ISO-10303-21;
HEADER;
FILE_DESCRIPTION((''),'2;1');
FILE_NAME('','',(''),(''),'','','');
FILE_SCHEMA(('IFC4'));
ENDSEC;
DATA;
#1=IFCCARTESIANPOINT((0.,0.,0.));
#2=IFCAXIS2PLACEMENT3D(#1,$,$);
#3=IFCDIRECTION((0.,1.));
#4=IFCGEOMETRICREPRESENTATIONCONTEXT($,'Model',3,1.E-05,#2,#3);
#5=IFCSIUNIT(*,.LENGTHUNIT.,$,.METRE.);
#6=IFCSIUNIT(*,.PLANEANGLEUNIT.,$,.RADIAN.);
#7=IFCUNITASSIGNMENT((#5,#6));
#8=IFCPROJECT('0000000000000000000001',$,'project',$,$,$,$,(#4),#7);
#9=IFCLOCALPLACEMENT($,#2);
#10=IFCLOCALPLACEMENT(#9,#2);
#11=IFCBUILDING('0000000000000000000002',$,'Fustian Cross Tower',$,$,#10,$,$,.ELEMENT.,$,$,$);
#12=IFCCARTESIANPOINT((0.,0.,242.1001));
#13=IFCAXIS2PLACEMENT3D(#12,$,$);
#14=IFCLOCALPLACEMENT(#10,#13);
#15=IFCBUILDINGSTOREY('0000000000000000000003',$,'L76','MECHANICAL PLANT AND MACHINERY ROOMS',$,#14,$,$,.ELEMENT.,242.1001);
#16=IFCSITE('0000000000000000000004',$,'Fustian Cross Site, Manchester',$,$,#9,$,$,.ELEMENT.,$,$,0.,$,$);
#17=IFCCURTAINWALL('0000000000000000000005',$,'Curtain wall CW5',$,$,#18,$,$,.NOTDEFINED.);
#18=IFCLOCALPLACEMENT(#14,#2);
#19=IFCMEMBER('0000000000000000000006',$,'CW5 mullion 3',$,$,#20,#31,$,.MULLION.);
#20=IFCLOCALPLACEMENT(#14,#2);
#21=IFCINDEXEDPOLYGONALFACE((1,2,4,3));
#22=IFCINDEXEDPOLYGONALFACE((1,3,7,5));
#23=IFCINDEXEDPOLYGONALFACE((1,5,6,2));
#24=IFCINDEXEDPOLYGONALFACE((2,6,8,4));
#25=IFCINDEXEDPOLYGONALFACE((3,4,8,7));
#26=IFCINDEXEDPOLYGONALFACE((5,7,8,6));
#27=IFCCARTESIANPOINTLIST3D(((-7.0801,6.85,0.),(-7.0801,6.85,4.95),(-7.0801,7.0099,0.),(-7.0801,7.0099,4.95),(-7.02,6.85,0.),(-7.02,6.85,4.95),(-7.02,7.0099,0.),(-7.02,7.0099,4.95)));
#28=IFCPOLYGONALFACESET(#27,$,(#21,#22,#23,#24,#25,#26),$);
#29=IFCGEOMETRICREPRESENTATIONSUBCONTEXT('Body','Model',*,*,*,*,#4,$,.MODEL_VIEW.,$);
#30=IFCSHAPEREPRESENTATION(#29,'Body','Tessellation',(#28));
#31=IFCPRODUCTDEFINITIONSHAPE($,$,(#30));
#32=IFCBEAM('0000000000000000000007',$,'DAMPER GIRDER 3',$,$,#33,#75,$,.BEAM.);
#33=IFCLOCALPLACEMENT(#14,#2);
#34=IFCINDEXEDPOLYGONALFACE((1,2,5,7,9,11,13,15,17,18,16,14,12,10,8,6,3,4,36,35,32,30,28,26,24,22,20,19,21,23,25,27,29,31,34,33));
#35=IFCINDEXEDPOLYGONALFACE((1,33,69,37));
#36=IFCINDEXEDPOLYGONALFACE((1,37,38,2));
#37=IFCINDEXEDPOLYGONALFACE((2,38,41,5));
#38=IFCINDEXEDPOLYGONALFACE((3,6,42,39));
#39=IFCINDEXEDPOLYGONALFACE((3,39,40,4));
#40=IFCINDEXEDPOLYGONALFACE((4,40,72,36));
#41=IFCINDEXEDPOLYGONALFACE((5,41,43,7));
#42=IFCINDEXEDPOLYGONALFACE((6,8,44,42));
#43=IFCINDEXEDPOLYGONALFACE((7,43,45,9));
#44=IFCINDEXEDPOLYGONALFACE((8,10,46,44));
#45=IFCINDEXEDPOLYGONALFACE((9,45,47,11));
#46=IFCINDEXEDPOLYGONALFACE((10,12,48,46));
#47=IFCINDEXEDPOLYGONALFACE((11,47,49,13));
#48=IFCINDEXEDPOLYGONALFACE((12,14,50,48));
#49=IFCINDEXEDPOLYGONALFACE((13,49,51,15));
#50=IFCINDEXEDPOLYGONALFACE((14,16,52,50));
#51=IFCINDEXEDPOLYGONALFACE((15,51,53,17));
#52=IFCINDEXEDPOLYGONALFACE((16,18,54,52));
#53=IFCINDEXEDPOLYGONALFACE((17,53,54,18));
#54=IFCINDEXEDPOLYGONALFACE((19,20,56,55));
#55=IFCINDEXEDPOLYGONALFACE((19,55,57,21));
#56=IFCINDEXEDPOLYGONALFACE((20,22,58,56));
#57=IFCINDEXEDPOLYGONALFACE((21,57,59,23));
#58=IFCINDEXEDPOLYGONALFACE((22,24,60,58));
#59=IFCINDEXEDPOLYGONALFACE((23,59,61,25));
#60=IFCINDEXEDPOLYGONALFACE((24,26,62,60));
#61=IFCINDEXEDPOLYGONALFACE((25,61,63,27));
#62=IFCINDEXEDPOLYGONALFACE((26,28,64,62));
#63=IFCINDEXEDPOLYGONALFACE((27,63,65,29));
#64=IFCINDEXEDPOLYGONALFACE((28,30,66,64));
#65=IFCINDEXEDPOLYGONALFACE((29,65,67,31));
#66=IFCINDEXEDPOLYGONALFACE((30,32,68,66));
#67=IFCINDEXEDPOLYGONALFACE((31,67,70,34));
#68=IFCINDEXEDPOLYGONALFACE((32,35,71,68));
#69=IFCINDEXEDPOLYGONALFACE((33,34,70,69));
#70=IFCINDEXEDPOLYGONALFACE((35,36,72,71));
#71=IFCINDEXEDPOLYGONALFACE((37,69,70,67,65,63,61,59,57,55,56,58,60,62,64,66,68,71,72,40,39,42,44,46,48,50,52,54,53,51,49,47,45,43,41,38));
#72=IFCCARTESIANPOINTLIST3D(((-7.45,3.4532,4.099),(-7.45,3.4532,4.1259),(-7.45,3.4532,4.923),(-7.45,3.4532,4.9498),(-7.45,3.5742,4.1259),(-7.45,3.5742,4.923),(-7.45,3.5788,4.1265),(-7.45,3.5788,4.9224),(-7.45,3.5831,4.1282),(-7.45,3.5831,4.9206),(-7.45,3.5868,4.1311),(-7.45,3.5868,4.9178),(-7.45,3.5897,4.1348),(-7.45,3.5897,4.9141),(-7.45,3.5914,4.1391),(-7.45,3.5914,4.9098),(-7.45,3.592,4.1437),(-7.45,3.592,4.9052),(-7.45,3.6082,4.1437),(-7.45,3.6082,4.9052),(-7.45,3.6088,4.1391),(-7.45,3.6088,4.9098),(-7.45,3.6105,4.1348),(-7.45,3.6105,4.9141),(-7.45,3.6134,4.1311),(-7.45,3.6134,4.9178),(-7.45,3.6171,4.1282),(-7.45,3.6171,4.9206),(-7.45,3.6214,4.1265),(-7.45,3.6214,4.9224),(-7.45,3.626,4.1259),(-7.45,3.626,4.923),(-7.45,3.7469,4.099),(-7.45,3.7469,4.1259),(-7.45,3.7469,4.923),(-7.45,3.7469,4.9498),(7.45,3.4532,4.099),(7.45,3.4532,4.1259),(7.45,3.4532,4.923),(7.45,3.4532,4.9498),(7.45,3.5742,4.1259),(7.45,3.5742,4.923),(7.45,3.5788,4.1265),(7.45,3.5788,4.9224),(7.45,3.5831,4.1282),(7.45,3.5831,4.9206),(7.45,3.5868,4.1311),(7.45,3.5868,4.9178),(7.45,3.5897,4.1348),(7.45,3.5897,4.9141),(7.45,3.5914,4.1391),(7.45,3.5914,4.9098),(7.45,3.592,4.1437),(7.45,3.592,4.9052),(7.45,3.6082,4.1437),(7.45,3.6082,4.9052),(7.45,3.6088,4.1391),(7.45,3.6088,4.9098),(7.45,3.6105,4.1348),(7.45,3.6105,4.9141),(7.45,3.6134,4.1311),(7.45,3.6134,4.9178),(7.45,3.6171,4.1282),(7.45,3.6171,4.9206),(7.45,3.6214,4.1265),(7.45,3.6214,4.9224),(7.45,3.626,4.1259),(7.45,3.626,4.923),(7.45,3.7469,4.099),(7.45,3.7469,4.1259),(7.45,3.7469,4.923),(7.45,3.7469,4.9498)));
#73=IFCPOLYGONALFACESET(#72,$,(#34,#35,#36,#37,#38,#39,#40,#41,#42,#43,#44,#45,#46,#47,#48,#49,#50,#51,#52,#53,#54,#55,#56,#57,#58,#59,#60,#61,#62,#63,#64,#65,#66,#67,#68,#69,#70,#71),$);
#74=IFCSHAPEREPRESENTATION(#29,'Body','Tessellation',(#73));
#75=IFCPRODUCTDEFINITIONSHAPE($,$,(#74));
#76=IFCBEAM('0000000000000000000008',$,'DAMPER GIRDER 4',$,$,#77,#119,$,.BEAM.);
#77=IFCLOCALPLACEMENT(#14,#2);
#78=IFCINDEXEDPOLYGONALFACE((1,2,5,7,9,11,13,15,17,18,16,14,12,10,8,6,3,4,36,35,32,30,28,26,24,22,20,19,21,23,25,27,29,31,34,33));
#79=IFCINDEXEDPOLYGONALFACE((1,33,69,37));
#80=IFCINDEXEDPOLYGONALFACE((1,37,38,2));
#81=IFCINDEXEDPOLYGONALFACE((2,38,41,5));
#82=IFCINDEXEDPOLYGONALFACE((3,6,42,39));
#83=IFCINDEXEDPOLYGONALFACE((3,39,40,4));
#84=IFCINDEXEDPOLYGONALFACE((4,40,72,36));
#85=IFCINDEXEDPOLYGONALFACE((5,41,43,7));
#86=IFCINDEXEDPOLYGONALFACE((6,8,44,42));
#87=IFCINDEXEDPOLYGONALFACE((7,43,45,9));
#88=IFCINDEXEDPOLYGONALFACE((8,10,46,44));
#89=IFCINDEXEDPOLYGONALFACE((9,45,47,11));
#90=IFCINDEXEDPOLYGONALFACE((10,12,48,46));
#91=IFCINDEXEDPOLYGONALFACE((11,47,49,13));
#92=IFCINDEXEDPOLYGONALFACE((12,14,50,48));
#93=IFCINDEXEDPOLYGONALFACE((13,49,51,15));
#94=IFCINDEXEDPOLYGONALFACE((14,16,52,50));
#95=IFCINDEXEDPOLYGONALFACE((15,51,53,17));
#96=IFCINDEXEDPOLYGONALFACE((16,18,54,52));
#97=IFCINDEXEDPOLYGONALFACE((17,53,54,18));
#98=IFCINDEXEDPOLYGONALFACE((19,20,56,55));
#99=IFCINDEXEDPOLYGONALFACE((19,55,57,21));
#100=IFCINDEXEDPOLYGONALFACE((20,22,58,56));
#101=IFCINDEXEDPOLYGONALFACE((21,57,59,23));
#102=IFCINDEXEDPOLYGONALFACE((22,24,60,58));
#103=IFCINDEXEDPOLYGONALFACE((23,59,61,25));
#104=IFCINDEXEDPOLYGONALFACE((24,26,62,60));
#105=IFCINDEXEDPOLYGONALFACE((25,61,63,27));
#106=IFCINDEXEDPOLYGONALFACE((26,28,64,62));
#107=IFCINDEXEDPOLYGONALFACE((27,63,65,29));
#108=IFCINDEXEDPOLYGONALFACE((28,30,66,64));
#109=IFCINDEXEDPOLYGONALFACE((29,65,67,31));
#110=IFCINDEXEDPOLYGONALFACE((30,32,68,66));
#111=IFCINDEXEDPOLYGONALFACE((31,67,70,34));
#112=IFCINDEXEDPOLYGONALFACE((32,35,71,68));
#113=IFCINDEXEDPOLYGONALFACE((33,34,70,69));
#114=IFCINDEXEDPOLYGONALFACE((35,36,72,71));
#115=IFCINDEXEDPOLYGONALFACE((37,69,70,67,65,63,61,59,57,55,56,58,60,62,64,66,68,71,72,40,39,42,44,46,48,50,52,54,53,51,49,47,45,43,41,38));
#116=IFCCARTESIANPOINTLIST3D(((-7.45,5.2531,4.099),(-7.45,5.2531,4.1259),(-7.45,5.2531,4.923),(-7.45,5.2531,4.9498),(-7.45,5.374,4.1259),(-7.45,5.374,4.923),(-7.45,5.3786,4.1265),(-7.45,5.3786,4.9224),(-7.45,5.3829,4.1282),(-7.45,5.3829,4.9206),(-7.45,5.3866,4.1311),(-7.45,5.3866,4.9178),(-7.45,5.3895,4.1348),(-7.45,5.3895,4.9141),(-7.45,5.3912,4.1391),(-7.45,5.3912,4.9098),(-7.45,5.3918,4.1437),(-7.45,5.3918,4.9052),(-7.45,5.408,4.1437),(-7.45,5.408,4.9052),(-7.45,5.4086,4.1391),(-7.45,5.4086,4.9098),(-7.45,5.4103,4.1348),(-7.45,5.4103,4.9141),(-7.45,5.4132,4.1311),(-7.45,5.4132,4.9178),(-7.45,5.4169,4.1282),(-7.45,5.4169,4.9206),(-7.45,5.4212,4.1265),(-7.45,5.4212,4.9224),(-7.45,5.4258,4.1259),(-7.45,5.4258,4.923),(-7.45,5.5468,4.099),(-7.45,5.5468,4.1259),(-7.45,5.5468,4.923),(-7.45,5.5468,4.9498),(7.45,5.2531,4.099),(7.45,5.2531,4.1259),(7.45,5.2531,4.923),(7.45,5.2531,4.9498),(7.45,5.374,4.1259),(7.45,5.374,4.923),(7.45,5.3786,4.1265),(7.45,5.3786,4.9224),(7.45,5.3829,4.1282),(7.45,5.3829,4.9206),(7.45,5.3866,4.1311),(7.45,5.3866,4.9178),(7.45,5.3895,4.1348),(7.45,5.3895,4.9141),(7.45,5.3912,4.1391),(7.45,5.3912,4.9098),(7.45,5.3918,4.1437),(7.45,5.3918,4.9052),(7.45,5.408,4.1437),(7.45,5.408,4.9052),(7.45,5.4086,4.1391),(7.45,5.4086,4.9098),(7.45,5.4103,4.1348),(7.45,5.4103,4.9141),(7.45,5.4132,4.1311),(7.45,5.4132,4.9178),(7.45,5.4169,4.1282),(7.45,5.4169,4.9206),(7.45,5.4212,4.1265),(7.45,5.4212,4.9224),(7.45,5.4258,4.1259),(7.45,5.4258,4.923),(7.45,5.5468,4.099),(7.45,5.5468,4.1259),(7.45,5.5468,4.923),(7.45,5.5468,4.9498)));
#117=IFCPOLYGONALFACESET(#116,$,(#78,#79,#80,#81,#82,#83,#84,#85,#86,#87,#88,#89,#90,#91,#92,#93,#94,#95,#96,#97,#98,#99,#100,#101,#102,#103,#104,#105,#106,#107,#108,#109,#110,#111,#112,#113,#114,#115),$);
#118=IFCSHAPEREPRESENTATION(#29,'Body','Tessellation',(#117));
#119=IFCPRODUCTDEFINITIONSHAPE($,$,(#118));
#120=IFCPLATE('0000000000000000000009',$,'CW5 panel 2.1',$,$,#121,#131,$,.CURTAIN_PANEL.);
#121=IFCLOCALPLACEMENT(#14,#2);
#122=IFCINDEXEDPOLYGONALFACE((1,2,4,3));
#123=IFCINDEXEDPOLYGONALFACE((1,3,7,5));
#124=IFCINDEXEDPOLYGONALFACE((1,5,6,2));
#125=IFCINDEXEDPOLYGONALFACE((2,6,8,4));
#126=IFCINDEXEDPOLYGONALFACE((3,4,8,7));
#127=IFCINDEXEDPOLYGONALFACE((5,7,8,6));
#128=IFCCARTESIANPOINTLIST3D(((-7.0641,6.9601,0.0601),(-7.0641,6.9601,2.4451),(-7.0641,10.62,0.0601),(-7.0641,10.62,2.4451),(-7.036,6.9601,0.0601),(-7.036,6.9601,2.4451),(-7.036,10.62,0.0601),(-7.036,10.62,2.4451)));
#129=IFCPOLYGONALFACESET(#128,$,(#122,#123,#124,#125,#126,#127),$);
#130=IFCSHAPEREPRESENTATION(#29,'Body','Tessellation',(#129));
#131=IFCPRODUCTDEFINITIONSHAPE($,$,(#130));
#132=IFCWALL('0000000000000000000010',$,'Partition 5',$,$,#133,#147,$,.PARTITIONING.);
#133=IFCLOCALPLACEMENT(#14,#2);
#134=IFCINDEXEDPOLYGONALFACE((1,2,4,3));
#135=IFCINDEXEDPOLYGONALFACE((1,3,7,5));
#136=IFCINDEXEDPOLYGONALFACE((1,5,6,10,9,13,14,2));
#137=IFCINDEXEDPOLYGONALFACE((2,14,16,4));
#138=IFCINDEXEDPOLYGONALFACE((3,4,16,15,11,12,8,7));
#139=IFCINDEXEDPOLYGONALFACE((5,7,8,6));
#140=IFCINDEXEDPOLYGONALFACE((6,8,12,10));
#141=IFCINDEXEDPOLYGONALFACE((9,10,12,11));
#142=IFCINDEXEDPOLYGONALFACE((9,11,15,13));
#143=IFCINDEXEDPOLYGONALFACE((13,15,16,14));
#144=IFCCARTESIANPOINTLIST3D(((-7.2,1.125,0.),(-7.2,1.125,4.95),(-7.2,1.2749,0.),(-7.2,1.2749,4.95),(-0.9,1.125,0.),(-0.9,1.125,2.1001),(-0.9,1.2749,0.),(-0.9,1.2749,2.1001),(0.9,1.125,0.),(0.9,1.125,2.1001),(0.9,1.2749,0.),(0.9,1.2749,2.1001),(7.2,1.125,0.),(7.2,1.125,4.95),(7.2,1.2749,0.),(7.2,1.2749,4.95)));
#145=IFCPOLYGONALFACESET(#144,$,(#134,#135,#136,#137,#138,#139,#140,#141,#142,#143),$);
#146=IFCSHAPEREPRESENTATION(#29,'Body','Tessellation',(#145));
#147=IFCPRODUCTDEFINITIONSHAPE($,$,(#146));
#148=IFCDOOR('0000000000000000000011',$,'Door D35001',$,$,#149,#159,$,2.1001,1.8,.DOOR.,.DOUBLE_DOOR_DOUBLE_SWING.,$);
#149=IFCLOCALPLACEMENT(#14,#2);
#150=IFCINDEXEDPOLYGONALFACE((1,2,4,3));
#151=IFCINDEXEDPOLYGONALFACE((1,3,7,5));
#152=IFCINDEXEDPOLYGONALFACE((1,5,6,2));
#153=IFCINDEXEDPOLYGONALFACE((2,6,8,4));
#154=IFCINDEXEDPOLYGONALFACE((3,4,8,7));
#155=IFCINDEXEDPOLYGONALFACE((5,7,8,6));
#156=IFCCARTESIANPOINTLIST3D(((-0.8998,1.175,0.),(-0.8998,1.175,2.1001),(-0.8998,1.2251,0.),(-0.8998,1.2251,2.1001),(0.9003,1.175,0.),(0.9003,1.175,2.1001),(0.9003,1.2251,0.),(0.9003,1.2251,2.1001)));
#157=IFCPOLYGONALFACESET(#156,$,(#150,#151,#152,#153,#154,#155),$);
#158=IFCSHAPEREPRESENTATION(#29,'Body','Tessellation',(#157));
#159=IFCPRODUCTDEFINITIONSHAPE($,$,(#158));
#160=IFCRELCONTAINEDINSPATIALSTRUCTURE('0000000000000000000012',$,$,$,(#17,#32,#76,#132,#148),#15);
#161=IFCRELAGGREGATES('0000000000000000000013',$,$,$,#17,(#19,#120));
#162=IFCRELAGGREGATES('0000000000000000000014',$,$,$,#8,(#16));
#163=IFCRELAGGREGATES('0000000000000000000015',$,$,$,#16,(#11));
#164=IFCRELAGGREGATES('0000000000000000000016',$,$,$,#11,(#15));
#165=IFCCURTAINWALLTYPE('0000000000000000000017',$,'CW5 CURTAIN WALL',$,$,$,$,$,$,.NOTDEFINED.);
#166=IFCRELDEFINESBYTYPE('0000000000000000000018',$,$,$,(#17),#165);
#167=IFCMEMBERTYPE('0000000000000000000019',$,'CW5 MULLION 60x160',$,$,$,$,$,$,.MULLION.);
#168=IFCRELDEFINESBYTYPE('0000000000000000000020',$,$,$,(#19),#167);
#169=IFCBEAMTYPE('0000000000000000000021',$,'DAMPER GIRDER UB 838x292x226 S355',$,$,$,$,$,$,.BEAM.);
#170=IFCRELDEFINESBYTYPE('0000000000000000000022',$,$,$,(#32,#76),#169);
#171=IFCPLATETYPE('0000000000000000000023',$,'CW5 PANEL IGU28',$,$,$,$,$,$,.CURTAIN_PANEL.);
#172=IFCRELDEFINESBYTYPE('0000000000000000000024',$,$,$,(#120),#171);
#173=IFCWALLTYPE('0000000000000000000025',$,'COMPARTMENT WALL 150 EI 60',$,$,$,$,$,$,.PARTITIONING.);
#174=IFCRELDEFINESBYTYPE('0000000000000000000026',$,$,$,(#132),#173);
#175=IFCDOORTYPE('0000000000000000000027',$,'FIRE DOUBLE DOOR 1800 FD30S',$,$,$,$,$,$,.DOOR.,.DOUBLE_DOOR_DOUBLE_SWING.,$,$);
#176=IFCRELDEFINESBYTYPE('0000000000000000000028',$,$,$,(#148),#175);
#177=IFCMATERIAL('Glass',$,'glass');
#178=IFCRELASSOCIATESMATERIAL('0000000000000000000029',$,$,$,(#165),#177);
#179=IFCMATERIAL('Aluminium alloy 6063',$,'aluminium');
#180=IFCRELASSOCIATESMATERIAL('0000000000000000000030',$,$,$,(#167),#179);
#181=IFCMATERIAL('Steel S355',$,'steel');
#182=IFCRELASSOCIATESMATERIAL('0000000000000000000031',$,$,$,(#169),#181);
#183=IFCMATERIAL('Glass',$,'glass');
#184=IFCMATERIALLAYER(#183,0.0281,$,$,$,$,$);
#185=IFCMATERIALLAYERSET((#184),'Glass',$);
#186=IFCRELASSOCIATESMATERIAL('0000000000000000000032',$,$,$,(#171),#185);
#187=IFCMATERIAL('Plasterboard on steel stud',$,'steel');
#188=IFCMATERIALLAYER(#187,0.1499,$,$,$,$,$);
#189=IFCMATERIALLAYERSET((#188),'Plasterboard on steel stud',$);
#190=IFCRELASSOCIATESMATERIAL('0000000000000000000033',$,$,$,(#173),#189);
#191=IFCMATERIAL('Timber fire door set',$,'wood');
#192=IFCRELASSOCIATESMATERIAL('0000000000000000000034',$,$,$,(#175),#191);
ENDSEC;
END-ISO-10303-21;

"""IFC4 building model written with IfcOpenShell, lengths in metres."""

from ifc_helpers import new_model, si_unit, direction, frame, frame_2d, origin, origin_2d, place, context, subcontext, project, spatial, rectangle, i_section, extrude, material, layer, layer_set, material_profile, profile_set, type_object, element, fill, aggregate, save


model = new_model("IFC4")

# Units and contexts
model_context = context("Model", 3, precision=1e-05, world=origin(), true_north=direction((0.0, 1.0)))
body_context = subcontext(model_context, "Body", "Model", "MODEL_VIEW")
ifc_project = project(units=[si_unit("LENGTHUNIT", "METRE"), si_unit("PLANEANGLEUNIT", "RADIAN")], contexts=[model_context])

# Site, building, storey
site_placement = place(None, origin())
site = spatial("IfcSite", under=ifc_project, at=site_placement, Name="Fustian Cross Site, Manchester", CompositionType="ELEMENT", RefElevation=0.0)
building_placement = place(site_placement, origin())
building = spatial("IfcBuilding", under=site, at=building_placement, Name="Fustian Cross Tower", CompositionType="ELEMENT")
storey_placement = place(building_placement, frame((0.0, 0.0, 242.1001)))
storey = spatial("IfcBuildingStorey", under=building, at=storey_placement, Name="L76", Description="MECHANICAL PLANT AND MACHINERY ROOMS", CompositionType="ELEMENT", Elevation=242.1001)

# Curtain wall, member
ifc_material_1 = material(Name="Glass", Category="glass")
curtain_wall_type = type_object("IfcCurtainWallType", Name="CW5 CURTAIN WALL", PredefinedType="NOTDEFINED", material=ifc_material_1)
curtain_wall_placement = place(storey_placement, origin())
curtain_wall = element("IfcCurtainWall", 1, at=curtain_wall_placement, inside=storey, type_object=curtain_wall_type, Name="Curtain wall CW5", PredefinedType="NOTDEFINED")
ifc_material_2 = material(Name="Aluminium alloy 6063", Category="aluminium")
ifc_material_profile_1 = material_profile(ifc_material_2, rectangle(XDim=0.0601, YDim=0.1599, at=origin_2d()), Name="CW5 MULLION 60x160")
ifc_profile_set_1 = profile_set([ifc_material_profile_1], Name="Aluminium alloy 6063")
member_type = type_object("IfcMemberType", Name="CW5 MULLION 60x160", PredefinedType="MULLION", material=ifc_profile_set_1)
member_placement = place(storey_placement, frame((-7.05, 6.9299, 0.0), z_axis=(0.0, 0.0, 1.0), x_axis=(1.0, 0.0, 0.0)))
member = element("IfcMember", 2, at=member_placement, type_object=member_type, Name="CW5 mullion 3", PredefinedType="MULLION", context=body_context, shape_type="SweptSolid", body=[
    extrude(rectangle(XDim=0.0601, YDim=0.1599, at=origin_2d()), origin(), (0.0, 0.0, 1.0), 4.95),
])

# Beams
ifc_material_3 = material(Name="Steel S355", Category="steel")
ifc_material_profile_2 = material_profile(ifc_material_3, i_section(OverallWidth=0.2937, OverallDepth=0.8508, WebThickness=0.0161, FlangeThickness=0.0269, FilletRadius=0.0178, at=origin_2d()), Name="UB 838x292x226")
ifc_profile_set_2 = profile_set([ifc_material_profile_2], Name="Steel S355")
beam_type = type_object("IfcBeamType", Name="DAMPER GIRDER UB 838x292x226 S355", PredefinedType="BEAM", material=ifc_profile_set_2)
for number, where, z_axis, x_axis, name in (
    (3, (-7.45, 3.6001, 4.5244), (1.0, 0.0, 0.0), (0.0, 1.0, 0.0), "DAMPER GIRDER 3"),
    (4, (-7.45, 5.3999, 4.5244), (1.0, 0.0, 0.0), (0.0, 1.0, 0.0), "DAMPER GIRDER 4"),
):
    element("IfcBeam", number, at=place(storey_placement, frame(where, z_axis=z_axis, x_axis=x_axis)), inside=storey, type_object=beam_type, Name=name, PredefinedType="BEAM", context=body_context, shape_type="SweptSolid", body=[
        extrude(i_section(OverallWidth=0.2937, OverallDepth=0.8508, WebThickness=0.0161, FlangeThickness=0.0269, FilletRadius=0.0178, at=origin_2d()), origin(), (0.0, 0.0, 1.0), 14.8999),
    ])

# Plate
ifc_material_4 = material(Name="Glass", Category="glass")
ifc_layer_1 = layer(ifc_material_4, 0.0281)
ifc_layer_set_1 = layer_set([ifc_layer_1], Name="Glass")
plate_type = type_object("IfcPlateType", Name="CW5 PANEL IGU28", PredefinedType="CURTAIN_PANEL", material=ifc_layer_set_1)
plate_placement = place(storey_placement, frame((-7.05, 8.79, 0.0601), z_axis=(0.0, 0.0, 1.0), x_axis=(0.0, -1.0, 0.0)))
plate = element("IfcPlate", 5, at=plate_placement, type_object=plate_type, Name="CW5 panel 2.1", PredefinedType="CURTAIN_PANEL", context=body_context, shape_type="SweptSolid", body=[
    extrude(rectangle(XDim=3.6599, YDim=0.0281, at=origin_2d()), origin(), (0.0, 0.0, 1.0), 2.385),
])
aggregate(curtain_wall, [member, plate])

# Wall, opening, door
ifc_material_5 = material(Name="Plasterboard on steel stud", Category="steel")
ifc_layer_2 = layer(ifc_material_5, 0.1499)
ifc_layer_set_2 = layer_set([ifc_layer_2], Name="Plasterboard on steel stud")
wall_type_1 = type_object("IfcWallType", Name="COMPARTMENT WALL 150 EI 60", PredefinedType="PARTITIONING", material=ifc_layer_set_2)
wall_1_placement = place(storey_placement, frame((-7.2, 1.2, 0.0), z_axis=(0.0, 0.0, 1.0), x_axis=(1.0, 0.0, 0.0)))
wall_1 = element("IfcWall", 6, at=wall_1_placement, inside=storey, type_object=wall_type_1, Name="Partition 5", PredefinedType="PARTITIONING", context=body_context, shape_type="SweptSolid", body=[
    extrude(rectangle(XDim=14.3999, YDim=0.1499, at=frame_2d((7.2, 0.0))), origin(), (0.0, 0.0, 1.0), 4.95),
])
opening_1_placement = place(wall_1_placement, frame((6.3, 0.0, 0.0)))
opening_1 = element("IfcOpeningElement", 7, at=opening_1_placement, cuts=wall_1, PredefinedType="OPENING", context=body_context, shape_type="SweptSolid", body=[
    extrude(rectangle(XDim=1.8, YDim=2.1001, at=frame_2d((0.8999, 1.05))), frame((0.0, 0.085, 0.0), z_axis=(0.0, -1.0, 0.0), x_axis=(1.0, 0.0, 0.0)), (0.0, 0.0, 1.0), 0.1699),
])
ifc_material_6 = material(Name="Timber fire door set", Category="wood")
door_type_1 = type_object("IfcDoorType", Name="FIRE DOUBLE DOOR 1800 FD30S", OperationType="DOUBLE_DOOR_DOUBLE_SWING", PredefinedType="DOOR", material=ifc_material_6)
door_1_placement = place(opening_1_placement, frame((1.8, 0.0, 0.0), z_axis=(0.0, 0.0, 1.0), x_axis=(-1.0, 0.0, 0.0)))
door_1 = element("IfcDoor", 8, at=door_1_placement, inside=storey, type_object=door_type_1, Name="Door D35001", OperationType="DOUBLE_DOOR_DOUBLE_SWING", OverallHeight=2.1001, OverallWidth=1.8, PredefinedType="DOOR", context=body_context, shape_type="SweptSolid", body=[
    extrude(rectangle(XDim=1.8, YDim=2.1001, at=frame_2d((0.8999, 1.05))), frame((0.0, 0.0249, 0.0), z_axis=(0.0, -1.0, 0.0), x_axis=(1.0, 0.0, 0.0)), (0.0, 0.0, 1.0), 0.05),
])
fill(opening_1, door_1)

save(model, "model.ifc")
